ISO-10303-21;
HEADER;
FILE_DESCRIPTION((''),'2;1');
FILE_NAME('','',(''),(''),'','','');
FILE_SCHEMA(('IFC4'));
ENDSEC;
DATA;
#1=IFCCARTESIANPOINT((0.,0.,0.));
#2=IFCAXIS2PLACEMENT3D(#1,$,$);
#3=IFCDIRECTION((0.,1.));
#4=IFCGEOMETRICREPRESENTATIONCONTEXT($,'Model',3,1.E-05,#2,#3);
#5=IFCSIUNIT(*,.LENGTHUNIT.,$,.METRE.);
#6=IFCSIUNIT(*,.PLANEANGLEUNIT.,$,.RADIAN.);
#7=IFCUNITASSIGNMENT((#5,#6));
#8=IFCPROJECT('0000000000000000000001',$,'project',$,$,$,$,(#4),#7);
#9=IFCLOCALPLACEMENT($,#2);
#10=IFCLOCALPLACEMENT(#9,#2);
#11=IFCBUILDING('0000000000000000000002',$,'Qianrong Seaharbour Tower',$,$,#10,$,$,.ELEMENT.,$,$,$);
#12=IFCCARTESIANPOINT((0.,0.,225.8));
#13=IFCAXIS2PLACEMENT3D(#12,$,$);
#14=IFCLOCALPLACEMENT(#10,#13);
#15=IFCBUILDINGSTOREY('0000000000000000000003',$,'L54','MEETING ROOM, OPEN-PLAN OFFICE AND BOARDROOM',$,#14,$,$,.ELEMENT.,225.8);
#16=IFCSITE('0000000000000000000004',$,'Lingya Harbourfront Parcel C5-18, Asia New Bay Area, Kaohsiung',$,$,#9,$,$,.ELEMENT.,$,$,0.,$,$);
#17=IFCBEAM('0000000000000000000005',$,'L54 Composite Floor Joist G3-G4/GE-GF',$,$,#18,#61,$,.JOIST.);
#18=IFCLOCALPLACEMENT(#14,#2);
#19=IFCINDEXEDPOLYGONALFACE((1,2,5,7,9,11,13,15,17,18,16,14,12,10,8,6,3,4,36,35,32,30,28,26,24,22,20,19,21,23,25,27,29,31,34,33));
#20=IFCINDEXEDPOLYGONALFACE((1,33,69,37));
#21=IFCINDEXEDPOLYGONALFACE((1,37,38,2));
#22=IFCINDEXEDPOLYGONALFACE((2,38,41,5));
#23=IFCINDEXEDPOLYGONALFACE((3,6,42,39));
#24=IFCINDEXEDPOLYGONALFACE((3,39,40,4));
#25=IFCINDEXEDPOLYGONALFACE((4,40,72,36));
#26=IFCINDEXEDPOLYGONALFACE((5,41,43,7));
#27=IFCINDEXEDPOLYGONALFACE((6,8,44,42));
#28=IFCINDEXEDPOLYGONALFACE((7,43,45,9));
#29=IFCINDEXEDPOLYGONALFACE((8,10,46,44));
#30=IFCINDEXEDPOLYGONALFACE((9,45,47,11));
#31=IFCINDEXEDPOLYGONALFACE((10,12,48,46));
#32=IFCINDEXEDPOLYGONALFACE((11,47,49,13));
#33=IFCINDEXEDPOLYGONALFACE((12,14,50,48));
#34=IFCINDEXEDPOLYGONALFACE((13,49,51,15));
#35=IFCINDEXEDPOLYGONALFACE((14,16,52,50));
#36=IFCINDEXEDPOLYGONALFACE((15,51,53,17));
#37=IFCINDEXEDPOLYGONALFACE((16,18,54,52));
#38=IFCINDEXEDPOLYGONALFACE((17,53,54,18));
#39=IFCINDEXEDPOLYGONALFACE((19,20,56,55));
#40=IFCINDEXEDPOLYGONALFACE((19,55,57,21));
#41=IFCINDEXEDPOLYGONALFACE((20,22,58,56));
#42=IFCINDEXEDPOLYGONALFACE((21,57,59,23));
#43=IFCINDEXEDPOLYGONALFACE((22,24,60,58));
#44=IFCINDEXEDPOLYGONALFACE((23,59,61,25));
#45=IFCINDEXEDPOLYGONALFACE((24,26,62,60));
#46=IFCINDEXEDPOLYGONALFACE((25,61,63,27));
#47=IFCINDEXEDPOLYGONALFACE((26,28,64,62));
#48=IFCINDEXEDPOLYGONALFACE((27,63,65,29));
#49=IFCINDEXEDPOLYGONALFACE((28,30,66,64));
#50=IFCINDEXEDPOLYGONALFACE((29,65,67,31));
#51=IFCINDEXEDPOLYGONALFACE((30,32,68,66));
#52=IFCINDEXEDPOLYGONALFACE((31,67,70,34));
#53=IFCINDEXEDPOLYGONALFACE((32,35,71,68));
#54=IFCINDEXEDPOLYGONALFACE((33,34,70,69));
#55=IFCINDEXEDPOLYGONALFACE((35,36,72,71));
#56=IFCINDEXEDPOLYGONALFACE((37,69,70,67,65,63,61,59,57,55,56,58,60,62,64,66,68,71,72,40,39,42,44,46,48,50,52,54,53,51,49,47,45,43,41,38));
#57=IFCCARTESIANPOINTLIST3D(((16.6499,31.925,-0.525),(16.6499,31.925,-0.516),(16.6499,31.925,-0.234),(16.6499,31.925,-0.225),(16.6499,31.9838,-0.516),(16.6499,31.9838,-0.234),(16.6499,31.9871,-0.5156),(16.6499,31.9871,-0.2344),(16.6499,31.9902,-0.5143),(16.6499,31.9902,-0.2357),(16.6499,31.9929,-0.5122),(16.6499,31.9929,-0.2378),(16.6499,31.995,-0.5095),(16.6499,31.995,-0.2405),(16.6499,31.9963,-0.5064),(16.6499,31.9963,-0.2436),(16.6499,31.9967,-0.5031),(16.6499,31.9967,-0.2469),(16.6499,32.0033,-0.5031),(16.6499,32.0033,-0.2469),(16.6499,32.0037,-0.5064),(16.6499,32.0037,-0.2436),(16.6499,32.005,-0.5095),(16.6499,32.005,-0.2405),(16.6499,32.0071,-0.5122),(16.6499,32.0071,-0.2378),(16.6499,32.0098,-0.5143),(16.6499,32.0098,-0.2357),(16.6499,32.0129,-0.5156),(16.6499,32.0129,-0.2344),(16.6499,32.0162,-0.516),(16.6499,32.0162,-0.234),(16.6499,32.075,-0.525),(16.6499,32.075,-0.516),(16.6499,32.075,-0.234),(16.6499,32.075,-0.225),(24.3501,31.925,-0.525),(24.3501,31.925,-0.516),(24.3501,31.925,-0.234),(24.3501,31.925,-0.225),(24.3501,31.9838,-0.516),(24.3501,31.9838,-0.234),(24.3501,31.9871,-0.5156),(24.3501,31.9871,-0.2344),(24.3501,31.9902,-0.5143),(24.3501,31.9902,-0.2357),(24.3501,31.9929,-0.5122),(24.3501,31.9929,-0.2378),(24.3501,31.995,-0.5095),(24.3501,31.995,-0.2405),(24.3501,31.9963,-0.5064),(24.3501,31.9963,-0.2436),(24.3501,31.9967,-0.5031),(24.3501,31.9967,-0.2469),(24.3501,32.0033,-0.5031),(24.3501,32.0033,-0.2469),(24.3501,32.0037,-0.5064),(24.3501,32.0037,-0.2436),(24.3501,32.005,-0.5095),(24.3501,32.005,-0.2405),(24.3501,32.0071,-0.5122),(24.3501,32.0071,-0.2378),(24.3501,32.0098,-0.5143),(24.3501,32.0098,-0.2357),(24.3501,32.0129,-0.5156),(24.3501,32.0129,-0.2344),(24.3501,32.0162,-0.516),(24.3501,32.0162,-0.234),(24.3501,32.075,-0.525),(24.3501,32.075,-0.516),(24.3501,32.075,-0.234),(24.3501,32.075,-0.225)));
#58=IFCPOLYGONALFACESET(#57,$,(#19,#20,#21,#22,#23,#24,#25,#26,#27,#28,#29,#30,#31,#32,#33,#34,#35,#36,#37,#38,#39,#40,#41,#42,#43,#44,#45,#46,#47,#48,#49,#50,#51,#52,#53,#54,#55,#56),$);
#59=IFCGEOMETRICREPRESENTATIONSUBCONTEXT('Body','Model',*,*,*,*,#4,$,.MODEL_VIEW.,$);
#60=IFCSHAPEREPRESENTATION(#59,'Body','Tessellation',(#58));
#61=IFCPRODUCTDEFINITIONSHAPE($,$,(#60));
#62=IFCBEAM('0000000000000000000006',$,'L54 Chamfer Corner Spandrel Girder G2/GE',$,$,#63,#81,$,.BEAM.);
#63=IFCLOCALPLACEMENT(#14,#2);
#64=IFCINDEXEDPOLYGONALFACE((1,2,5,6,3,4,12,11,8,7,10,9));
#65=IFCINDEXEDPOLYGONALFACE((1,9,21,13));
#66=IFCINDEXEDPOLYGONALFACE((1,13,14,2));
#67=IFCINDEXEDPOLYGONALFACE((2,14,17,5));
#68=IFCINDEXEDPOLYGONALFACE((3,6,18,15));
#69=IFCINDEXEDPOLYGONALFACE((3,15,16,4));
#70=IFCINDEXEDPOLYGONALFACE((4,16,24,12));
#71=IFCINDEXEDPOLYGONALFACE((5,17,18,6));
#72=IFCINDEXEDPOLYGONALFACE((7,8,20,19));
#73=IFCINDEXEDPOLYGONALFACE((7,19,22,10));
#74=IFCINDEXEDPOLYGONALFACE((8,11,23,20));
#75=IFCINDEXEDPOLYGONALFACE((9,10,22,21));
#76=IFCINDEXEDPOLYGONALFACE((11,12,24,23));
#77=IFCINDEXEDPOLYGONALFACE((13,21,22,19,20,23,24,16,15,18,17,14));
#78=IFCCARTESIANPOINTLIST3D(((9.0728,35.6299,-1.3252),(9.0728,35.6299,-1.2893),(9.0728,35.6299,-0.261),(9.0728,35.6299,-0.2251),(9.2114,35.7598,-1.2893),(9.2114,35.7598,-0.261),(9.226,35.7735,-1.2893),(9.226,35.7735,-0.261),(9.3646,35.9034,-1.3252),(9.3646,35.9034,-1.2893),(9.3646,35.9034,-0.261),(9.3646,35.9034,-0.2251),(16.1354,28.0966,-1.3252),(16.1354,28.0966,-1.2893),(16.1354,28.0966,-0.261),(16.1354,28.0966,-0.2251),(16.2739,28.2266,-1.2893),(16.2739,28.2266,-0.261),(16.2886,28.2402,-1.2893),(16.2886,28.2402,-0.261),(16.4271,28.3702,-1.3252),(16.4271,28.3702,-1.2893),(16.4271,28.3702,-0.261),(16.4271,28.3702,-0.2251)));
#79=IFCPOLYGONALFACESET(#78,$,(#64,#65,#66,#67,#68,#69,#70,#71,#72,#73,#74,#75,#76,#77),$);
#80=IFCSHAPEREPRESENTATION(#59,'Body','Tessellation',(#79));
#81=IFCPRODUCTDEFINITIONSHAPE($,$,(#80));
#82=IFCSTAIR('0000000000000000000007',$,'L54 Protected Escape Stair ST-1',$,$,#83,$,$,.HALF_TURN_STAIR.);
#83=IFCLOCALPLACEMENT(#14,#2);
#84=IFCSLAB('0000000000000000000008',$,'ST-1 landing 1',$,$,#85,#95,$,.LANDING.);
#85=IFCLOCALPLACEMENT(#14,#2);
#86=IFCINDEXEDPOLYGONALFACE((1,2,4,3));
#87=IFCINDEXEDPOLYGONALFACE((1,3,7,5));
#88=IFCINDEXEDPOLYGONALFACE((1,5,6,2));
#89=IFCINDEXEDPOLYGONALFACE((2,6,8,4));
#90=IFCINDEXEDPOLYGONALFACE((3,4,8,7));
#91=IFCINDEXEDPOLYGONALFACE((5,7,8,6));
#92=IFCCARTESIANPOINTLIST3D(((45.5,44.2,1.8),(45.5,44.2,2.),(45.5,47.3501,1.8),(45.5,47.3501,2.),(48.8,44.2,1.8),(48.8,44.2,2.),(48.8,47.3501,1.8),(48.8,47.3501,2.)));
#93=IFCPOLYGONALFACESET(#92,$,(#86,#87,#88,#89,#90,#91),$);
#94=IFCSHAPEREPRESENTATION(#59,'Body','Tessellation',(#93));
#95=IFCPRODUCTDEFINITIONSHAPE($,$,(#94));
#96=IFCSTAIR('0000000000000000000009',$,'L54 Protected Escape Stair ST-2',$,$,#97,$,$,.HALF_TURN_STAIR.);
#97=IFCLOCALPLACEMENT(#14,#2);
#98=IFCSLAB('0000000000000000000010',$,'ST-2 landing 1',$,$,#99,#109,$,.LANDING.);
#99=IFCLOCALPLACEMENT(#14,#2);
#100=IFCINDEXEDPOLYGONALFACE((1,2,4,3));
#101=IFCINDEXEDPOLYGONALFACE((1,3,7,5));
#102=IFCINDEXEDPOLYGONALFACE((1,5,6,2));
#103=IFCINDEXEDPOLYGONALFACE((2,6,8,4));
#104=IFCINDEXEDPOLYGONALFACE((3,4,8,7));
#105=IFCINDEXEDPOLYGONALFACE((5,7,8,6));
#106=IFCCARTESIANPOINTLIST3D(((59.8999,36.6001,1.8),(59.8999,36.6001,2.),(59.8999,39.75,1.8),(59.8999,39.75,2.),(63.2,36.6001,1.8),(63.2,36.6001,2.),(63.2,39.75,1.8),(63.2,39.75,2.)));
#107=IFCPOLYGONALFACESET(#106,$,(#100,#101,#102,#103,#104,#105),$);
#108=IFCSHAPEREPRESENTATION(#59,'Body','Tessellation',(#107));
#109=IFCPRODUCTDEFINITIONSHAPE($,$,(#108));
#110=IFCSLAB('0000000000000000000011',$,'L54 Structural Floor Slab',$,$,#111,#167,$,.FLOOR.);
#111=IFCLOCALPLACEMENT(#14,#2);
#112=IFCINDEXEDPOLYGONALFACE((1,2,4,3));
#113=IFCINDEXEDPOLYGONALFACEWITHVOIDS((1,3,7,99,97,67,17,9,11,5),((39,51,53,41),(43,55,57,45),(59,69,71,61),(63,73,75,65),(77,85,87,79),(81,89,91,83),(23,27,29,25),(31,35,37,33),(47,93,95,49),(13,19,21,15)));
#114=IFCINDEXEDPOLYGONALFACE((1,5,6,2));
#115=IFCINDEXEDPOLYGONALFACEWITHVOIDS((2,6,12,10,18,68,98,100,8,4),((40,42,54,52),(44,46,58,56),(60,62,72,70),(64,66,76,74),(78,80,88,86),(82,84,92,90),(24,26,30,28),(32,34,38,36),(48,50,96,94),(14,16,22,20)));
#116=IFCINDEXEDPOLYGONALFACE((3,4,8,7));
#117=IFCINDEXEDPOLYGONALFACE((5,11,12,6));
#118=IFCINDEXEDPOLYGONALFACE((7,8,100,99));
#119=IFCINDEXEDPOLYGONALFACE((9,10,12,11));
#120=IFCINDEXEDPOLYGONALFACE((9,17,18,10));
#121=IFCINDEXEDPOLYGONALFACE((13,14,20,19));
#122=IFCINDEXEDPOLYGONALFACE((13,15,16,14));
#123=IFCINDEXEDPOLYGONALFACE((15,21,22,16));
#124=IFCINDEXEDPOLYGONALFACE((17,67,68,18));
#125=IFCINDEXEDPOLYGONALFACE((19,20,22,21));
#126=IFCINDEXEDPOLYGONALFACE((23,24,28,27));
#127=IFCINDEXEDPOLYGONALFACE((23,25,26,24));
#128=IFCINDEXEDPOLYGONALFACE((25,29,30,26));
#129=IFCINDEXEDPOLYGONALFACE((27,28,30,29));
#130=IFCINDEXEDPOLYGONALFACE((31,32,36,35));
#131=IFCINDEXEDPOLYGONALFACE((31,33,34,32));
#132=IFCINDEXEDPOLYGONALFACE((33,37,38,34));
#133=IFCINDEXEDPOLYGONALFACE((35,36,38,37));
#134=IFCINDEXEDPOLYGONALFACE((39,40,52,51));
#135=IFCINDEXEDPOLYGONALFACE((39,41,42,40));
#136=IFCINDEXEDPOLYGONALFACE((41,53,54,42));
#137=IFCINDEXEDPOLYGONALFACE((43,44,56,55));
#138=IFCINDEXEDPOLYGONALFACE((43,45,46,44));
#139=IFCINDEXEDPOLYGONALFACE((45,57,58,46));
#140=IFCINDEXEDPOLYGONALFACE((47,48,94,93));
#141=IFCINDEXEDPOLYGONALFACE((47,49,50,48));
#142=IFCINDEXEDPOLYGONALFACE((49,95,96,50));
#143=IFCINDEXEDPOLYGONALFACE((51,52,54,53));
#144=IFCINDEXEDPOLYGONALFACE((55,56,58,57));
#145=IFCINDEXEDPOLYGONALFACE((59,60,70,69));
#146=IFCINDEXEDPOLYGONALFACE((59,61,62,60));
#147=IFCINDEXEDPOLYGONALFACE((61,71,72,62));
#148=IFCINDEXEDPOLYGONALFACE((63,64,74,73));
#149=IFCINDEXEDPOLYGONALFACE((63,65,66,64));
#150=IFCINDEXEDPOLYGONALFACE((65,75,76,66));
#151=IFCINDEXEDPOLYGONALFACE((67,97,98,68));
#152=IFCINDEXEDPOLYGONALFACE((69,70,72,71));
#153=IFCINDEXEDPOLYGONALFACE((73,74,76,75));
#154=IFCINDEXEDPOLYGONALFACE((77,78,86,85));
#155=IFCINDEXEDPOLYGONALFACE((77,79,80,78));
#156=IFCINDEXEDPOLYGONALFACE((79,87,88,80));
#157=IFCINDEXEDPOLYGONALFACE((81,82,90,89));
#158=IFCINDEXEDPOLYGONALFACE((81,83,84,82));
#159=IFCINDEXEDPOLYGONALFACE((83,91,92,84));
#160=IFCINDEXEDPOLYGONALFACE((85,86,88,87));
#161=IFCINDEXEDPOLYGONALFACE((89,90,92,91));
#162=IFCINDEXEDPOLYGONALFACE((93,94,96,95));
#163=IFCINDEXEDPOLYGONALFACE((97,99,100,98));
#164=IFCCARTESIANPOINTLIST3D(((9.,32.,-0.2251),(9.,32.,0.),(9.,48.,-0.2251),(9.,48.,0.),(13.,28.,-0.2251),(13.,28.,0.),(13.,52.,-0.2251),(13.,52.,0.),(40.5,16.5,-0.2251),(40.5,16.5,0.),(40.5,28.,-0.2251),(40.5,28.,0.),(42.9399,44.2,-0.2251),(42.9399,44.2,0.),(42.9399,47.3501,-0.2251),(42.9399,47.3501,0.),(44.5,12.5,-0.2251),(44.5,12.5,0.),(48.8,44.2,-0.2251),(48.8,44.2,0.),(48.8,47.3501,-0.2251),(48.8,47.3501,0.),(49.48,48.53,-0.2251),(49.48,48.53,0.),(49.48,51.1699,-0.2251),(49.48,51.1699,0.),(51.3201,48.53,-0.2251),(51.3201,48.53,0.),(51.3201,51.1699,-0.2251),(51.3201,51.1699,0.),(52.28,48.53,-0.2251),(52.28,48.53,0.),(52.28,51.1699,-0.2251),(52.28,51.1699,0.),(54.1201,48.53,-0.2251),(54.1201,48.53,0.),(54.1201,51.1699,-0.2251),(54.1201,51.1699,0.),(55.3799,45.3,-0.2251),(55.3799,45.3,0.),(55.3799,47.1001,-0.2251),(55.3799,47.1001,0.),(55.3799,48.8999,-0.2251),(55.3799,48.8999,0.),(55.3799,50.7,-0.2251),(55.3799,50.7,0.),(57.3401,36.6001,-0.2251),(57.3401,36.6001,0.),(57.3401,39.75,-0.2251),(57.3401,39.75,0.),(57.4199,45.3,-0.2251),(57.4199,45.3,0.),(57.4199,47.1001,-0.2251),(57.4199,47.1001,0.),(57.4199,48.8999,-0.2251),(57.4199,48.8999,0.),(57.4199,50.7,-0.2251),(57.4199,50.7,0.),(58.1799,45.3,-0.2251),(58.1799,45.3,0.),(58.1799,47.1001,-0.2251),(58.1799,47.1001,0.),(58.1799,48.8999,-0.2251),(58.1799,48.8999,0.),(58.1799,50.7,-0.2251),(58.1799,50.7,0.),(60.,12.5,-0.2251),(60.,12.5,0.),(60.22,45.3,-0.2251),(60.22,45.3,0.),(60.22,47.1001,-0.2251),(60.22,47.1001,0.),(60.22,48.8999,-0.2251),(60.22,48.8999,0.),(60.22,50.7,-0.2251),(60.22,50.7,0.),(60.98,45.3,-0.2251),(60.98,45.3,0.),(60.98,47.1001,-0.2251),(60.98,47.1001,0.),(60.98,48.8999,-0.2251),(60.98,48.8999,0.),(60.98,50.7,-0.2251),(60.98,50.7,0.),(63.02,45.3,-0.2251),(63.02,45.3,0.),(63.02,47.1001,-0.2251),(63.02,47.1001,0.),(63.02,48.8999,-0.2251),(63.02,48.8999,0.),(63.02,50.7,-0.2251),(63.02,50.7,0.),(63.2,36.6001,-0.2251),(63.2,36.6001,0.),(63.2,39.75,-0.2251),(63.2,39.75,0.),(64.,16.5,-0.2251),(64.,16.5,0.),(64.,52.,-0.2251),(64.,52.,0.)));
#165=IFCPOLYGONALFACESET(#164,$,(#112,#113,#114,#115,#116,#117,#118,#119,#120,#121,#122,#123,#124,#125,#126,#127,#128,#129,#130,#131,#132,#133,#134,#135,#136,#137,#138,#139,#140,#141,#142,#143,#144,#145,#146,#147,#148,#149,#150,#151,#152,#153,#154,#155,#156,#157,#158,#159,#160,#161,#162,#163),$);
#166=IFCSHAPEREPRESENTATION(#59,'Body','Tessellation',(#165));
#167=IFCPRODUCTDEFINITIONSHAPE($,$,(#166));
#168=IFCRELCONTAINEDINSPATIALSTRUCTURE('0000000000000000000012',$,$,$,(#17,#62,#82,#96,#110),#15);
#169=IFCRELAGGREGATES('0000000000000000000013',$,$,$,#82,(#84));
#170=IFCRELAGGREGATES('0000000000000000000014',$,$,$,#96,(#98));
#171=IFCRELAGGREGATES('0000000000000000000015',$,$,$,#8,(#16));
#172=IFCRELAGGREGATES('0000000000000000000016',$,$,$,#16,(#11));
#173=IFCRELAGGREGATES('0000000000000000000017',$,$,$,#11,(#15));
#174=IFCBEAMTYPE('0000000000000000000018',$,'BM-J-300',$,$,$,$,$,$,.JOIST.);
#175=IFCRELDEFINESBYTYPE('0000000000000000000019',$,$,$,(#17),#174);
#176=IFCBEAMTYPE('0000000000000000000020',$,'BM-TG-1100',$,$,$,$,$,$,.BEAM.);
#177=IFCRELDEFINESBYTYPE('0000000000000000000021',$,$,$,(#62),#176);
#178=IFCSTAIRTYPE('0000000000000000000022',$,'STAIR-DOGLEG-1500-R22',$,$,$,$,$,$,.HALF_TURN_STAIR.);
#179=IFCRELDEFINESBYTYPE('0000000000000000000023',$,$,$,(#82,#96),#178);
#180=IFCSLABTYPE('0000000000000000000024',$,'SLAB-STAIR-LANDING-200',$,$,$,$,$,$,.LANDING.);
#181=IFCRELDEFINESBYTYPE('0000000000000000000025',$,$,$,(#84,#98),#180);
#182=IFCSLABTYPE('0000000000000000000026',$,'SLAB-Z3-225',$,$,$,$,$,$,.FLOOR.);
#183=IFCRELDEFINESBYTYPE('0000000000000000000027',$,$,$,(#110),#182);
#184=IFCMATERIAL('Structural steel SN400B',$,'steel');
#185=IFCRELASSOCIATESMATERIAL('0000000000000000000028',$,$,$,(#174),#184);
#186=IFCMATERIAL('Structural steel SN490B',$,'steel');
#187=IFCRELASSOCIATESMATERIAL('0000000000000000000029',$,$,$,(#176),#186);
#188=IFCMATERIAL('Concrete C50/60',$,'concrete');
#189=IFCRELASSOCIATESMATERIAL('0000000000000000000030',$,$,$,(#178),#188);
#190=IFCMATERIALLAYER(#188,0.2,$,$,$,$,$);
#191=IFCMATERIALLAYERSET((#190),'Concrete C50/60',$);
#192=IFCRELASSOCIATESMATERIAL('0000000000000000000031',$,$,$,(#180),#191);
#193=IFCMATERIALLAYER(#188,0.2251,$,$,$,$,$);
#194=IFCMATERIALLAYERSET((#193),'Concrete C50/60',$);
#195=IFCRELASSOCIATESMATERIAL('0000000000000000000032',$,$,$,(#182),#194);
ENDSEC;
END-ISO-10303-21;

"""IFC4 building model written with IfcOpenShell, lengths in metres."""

from ifc_helpers import new_model, si_unit, direction, frame, origin, origin_2d, place, context, subcontext, project, spatial, polyline, i_section, outline, extrude, material, layer, layer_set, material_profile, profile_set, type_object, element, aggregate, save


model = new_model("IFC4")

# Units and contexts
model_context = context("Model", 3, precision=1e-05, world=origin(), true_north=direction((0.0, 1.0)))
body_context = subcontext(model_context, "Body", "Model", "MODEL_VIEW")
ifc_project = project(units=[si_unit("LENGTHUNIT", "METRE"), si_unit("PLANEANGLEUNIT", "RADIAN")], contexts=[model_context])

# Site, building, storey
site_placement = place(None, origin())
site = spatial("IfcSite", under=ifc_project, at=site_placement, Name="Lingya Harbourfront Parcel C5-18, Asia New Bay Area, Kaohsiung", CompositionType="ELEMENT", RefElevation=0.0)
building_placement = place(site_placement, origin())
building = spatial("IfcBuilding", under=site, at=building_placement, Name="Qianrong Seaharbour Tower", CompositionType="ELEMENT")
storey_placement = place(building_placement, frame((0.0, 0.0, 225.8)))
storey = spatial("IfcBuildingStorey", under=building, at=storey_placement, Name="L54", Description="MEETING ROOM, OPEN-PLAN OFFICE AND BOARDROOM", CompositionType="ELEMENT", Elevation=225.8)

# Shared definitions
ifc_material_1 = material(Name="Structural steel SN490B", Category="steel")

# Beams
ifc_material_2 = material(Name="Structural steel SN400B", Category="steel")
ifc_material_profile_1 = material_profile(ifc_material_2, i_section(OverallWidth=0.1499, OverallDepth=0.3, WebThickness=0.0066, FlangeThickness=0.009, FilletRadius=0.0129, at=origin_2d()), Name="H300x150x6.5x9")
ifc_profile_set_1 = profile_set([ifc_material_profile_1], Name="Structural steel SN400B")
beam_type_1 = type_object("IfcBeamType", Name="BM-J-300", PredefinedType="JOIST", material=ifc_profile_set_1)
beam_1_placement = place(storey_placement, frame((16.6499, 32.0, -0.375), z_axis=(1.0, 0.0, 0.0), x_axis=(0.0, 1.0, 0.0)))
element("IfcBeam", 1, at=beam_1_placement, inside=storey, type_object=beam_type_1, Name="L54 Composite Floor Joist G3-G4/GE-GF", PredefinedType="JOIST", context=body_context, shape_type="SweptSolid", body=[
    extrude(i_section(OverallWidth=0.1499, OverallDepth=0.3, WebThickness=0.0066, FlangeThickness=0.009, FilletRadius=0.0129, at=origin_2d()), origin(), (0.0, 0.0, 1.0), 7.7002),
])
ifc_material_profile_2 = material_profile(ifc_material_1, i_section(OverallWidth=0.3999, OverallDepth=1.1001, WebThickness=0.02, FlangeThickness=0.0359, at=origin_2d()), Name="BH1100x400x20x36")
ifc_profile_set_2 = profile_set([ifc_material_profile_2], Name="Structural steel SN490B")
beam_type_2 = type_object("IfcBeamType", Name="BM-TG-1100", PredefinedType="BEAM", material=ifc_profile_set_2)
beam_2_placement = place(storey_placement, frame((16.2812, 28.2334, -0.7751), z_axis=(-0.683947, 0.729531, 0.0), x_axis=(-0.729531, -0.683947, 0.0)))
element("IfcBeam", 2, at=beam_2_placement, inside=storey, type_object=beam_type_2, Name="L54 Chamfer Corner Spandrel Girder G2/GE", PredefinedType="BEAM", context=body_context, shape_type="SweptSolid", body=[
    extrude(i_section(OverallWidth=0.3999, OverallDepth=1.1001, WebThickness=0.02, FlangeThickness=0.0359, at=origin_2d()), origin(), (0.0, 0.0, 1.0), 10.3262),
])

# Stairs, slabs
ifc_material_3 = material(Name="Concrete C50/60", Category="concrete")
stair_type = type_object("IfcStairType", Name="STAIR-DOGLEG-1500-R22", PredefinedType="HALF_TURN_STAIR", material=ifc_material_3)
stair_1_placement = place(storey_placement, origin())
stair_1 = element("IfcStair", 3, at=stair_1_placement, inside=storey, type_object=stair_type, Name="L54 Protected Escape Stair ST-1", PredefinedType="HALF_TURN_STAIR")
ifc_layer_1 = layer(ifc_material_3, 0.2)
ifc_layer_set_1 = layer_set([ifc_layer_1], Name="Concrete C50/60")
slab_type_1 = type_object("IfcSlabType", Name="SLAB-STAIR-LANDING-200", PredefinedType="LANDING", material=ifc_layer_set_1)
slab_1_placement = place(storey_placement, frame((0.0, 0.0, 1.8)))
slab_1 = element("IfcSlab", 4, at=slab_1_placement, type_object=slab_type_1, Name="ST-1 landing 1", PredefinedType="LANDING", context=body_context, shape_type="SweptSolid", body=[
    extrude(outline(polyline([(45.5, 44.2), (48.8, 44.2), (48.8, 47.3501), (45.5, 47.3501), (45.5, 44.2)])), origin(), (0.0, 0.0, 1.0), 0.2),
])
aggregate(stair_1, [slab_1])
stair_2_placement = place(storey_placement, origin())
stair_2 = element("IfcStair", 5, at=stair_2_placement, inside=storey, type_object=stair_type, Name="L54 Protected Escape Stair ST-2", PredefinedType="HALF_TURN_STAIR")
slab_2_placement = place(storey_placement, frame((0.0, 0.0, 1.8)))
slab_2 = element("IfcSlab", 6, at=slab_2_placement, type_object=slab_type_1, Name="ST-2 landing 1", PredefinedType="LANDING", context=body_context, shape_type="SweptSolid", body=[
    extrude(outline(polyline([(59.8999, 36.6001), (63.2, 36.6001), (63.2, 39.75), (59.8999, 39.75), (59.8999, 36.6001)])), origin(), (0.0, 0.0, 1.0), 0.2),
])
aggregate(stair_2, [slab_2])

# Slab
ifc_layer_2 = layer(ifc_material_3, 0.2251)
ifc_layer_set_2 = layer_set([ifc_layer_2], Name="Concrete C50/60")
slab_type_2 = type_object("IfcSlabType", Name="SLAB-Z3-225", PredefinedType="FLOOR", material=ifc_layer_set_2)
slab_3_placement = place(storey_placement, frame((0.0, 0.0, -0.2251)))
element("IfcSlab", 7, at=slab_3_placement, inside=storey, type_object=slab_type_2, Name="L54 Structural Floor Slab", PredefinedType="FLOOR", context=body_context, shape_type="SweptSolid", body=[
    extrude(outline(polyline([(44.5, 12.5), (60.0, 12.5), (64.0, 16.5), (64.0, 52.0), (13.0, 52.0), (9.0, 48.0), (9.0, 32.0), (13.0, 28.0), (40.5, 28.0), (40.5, 16.5), (44.5, 12.5)]), holes=[polyline([(42.9399, 44.2), (42.9399, 47.3501), (48.8, 47.3501), (48.8, 44.2), (42.9399, 44.2)]), polyline([(57.3401, 36.6001), (57.3401, 39.75), (63.2, 39.75), (63.2, 36.6001), (57.3401, 36.6001)]), polyline([(49.48, 48.53), (49.48, 51.1699), (51.3201, 51.1699), (51.3201, 48.53), (49.48, 48.53)]), polyline([(52.28, 48.53), (52.28, 51.1699), (54.1201, 51.1699), (54.1201, 48.53), (52.28, 48.53)]), polyline([(55.3799, 45.3), (55.3799, 47.1001), (57.4199, 47.1001), (57.4199, 45.3), (55.3799, 45.3)]), polyline([(58.1799, 45.3), (58.1799, 47.1001), (60.22, 47.1001), (60.22, 45.3), (58.1799, 45.3)]), polyline([(60.98, 45.3), (60.98, 47.1001), (63.02, 47.1001), (63.02, 45.3), (60.98, 45.3)]), polyline([(55.3799, 48.8999), (55.3799, 50.7), (57.4199, 50.7), (57.4199, 48.8999), (55.3799, 48.8999)]), polyline([(58.1799, 48.8999), (58.1799, 50.7), (60.22, 50.7), (60.22, 48.8999), (58.1799, 48.8999)]), polyline([(60.98, 48.8999), (60.98, 50.7), (63.02, 50.7), (63.02, 48.8999), (60.98, 48.8999)])]), origin(), (0.0, 0.0, 1.0), 0.2251),
])

save(model, "model.ifc")
